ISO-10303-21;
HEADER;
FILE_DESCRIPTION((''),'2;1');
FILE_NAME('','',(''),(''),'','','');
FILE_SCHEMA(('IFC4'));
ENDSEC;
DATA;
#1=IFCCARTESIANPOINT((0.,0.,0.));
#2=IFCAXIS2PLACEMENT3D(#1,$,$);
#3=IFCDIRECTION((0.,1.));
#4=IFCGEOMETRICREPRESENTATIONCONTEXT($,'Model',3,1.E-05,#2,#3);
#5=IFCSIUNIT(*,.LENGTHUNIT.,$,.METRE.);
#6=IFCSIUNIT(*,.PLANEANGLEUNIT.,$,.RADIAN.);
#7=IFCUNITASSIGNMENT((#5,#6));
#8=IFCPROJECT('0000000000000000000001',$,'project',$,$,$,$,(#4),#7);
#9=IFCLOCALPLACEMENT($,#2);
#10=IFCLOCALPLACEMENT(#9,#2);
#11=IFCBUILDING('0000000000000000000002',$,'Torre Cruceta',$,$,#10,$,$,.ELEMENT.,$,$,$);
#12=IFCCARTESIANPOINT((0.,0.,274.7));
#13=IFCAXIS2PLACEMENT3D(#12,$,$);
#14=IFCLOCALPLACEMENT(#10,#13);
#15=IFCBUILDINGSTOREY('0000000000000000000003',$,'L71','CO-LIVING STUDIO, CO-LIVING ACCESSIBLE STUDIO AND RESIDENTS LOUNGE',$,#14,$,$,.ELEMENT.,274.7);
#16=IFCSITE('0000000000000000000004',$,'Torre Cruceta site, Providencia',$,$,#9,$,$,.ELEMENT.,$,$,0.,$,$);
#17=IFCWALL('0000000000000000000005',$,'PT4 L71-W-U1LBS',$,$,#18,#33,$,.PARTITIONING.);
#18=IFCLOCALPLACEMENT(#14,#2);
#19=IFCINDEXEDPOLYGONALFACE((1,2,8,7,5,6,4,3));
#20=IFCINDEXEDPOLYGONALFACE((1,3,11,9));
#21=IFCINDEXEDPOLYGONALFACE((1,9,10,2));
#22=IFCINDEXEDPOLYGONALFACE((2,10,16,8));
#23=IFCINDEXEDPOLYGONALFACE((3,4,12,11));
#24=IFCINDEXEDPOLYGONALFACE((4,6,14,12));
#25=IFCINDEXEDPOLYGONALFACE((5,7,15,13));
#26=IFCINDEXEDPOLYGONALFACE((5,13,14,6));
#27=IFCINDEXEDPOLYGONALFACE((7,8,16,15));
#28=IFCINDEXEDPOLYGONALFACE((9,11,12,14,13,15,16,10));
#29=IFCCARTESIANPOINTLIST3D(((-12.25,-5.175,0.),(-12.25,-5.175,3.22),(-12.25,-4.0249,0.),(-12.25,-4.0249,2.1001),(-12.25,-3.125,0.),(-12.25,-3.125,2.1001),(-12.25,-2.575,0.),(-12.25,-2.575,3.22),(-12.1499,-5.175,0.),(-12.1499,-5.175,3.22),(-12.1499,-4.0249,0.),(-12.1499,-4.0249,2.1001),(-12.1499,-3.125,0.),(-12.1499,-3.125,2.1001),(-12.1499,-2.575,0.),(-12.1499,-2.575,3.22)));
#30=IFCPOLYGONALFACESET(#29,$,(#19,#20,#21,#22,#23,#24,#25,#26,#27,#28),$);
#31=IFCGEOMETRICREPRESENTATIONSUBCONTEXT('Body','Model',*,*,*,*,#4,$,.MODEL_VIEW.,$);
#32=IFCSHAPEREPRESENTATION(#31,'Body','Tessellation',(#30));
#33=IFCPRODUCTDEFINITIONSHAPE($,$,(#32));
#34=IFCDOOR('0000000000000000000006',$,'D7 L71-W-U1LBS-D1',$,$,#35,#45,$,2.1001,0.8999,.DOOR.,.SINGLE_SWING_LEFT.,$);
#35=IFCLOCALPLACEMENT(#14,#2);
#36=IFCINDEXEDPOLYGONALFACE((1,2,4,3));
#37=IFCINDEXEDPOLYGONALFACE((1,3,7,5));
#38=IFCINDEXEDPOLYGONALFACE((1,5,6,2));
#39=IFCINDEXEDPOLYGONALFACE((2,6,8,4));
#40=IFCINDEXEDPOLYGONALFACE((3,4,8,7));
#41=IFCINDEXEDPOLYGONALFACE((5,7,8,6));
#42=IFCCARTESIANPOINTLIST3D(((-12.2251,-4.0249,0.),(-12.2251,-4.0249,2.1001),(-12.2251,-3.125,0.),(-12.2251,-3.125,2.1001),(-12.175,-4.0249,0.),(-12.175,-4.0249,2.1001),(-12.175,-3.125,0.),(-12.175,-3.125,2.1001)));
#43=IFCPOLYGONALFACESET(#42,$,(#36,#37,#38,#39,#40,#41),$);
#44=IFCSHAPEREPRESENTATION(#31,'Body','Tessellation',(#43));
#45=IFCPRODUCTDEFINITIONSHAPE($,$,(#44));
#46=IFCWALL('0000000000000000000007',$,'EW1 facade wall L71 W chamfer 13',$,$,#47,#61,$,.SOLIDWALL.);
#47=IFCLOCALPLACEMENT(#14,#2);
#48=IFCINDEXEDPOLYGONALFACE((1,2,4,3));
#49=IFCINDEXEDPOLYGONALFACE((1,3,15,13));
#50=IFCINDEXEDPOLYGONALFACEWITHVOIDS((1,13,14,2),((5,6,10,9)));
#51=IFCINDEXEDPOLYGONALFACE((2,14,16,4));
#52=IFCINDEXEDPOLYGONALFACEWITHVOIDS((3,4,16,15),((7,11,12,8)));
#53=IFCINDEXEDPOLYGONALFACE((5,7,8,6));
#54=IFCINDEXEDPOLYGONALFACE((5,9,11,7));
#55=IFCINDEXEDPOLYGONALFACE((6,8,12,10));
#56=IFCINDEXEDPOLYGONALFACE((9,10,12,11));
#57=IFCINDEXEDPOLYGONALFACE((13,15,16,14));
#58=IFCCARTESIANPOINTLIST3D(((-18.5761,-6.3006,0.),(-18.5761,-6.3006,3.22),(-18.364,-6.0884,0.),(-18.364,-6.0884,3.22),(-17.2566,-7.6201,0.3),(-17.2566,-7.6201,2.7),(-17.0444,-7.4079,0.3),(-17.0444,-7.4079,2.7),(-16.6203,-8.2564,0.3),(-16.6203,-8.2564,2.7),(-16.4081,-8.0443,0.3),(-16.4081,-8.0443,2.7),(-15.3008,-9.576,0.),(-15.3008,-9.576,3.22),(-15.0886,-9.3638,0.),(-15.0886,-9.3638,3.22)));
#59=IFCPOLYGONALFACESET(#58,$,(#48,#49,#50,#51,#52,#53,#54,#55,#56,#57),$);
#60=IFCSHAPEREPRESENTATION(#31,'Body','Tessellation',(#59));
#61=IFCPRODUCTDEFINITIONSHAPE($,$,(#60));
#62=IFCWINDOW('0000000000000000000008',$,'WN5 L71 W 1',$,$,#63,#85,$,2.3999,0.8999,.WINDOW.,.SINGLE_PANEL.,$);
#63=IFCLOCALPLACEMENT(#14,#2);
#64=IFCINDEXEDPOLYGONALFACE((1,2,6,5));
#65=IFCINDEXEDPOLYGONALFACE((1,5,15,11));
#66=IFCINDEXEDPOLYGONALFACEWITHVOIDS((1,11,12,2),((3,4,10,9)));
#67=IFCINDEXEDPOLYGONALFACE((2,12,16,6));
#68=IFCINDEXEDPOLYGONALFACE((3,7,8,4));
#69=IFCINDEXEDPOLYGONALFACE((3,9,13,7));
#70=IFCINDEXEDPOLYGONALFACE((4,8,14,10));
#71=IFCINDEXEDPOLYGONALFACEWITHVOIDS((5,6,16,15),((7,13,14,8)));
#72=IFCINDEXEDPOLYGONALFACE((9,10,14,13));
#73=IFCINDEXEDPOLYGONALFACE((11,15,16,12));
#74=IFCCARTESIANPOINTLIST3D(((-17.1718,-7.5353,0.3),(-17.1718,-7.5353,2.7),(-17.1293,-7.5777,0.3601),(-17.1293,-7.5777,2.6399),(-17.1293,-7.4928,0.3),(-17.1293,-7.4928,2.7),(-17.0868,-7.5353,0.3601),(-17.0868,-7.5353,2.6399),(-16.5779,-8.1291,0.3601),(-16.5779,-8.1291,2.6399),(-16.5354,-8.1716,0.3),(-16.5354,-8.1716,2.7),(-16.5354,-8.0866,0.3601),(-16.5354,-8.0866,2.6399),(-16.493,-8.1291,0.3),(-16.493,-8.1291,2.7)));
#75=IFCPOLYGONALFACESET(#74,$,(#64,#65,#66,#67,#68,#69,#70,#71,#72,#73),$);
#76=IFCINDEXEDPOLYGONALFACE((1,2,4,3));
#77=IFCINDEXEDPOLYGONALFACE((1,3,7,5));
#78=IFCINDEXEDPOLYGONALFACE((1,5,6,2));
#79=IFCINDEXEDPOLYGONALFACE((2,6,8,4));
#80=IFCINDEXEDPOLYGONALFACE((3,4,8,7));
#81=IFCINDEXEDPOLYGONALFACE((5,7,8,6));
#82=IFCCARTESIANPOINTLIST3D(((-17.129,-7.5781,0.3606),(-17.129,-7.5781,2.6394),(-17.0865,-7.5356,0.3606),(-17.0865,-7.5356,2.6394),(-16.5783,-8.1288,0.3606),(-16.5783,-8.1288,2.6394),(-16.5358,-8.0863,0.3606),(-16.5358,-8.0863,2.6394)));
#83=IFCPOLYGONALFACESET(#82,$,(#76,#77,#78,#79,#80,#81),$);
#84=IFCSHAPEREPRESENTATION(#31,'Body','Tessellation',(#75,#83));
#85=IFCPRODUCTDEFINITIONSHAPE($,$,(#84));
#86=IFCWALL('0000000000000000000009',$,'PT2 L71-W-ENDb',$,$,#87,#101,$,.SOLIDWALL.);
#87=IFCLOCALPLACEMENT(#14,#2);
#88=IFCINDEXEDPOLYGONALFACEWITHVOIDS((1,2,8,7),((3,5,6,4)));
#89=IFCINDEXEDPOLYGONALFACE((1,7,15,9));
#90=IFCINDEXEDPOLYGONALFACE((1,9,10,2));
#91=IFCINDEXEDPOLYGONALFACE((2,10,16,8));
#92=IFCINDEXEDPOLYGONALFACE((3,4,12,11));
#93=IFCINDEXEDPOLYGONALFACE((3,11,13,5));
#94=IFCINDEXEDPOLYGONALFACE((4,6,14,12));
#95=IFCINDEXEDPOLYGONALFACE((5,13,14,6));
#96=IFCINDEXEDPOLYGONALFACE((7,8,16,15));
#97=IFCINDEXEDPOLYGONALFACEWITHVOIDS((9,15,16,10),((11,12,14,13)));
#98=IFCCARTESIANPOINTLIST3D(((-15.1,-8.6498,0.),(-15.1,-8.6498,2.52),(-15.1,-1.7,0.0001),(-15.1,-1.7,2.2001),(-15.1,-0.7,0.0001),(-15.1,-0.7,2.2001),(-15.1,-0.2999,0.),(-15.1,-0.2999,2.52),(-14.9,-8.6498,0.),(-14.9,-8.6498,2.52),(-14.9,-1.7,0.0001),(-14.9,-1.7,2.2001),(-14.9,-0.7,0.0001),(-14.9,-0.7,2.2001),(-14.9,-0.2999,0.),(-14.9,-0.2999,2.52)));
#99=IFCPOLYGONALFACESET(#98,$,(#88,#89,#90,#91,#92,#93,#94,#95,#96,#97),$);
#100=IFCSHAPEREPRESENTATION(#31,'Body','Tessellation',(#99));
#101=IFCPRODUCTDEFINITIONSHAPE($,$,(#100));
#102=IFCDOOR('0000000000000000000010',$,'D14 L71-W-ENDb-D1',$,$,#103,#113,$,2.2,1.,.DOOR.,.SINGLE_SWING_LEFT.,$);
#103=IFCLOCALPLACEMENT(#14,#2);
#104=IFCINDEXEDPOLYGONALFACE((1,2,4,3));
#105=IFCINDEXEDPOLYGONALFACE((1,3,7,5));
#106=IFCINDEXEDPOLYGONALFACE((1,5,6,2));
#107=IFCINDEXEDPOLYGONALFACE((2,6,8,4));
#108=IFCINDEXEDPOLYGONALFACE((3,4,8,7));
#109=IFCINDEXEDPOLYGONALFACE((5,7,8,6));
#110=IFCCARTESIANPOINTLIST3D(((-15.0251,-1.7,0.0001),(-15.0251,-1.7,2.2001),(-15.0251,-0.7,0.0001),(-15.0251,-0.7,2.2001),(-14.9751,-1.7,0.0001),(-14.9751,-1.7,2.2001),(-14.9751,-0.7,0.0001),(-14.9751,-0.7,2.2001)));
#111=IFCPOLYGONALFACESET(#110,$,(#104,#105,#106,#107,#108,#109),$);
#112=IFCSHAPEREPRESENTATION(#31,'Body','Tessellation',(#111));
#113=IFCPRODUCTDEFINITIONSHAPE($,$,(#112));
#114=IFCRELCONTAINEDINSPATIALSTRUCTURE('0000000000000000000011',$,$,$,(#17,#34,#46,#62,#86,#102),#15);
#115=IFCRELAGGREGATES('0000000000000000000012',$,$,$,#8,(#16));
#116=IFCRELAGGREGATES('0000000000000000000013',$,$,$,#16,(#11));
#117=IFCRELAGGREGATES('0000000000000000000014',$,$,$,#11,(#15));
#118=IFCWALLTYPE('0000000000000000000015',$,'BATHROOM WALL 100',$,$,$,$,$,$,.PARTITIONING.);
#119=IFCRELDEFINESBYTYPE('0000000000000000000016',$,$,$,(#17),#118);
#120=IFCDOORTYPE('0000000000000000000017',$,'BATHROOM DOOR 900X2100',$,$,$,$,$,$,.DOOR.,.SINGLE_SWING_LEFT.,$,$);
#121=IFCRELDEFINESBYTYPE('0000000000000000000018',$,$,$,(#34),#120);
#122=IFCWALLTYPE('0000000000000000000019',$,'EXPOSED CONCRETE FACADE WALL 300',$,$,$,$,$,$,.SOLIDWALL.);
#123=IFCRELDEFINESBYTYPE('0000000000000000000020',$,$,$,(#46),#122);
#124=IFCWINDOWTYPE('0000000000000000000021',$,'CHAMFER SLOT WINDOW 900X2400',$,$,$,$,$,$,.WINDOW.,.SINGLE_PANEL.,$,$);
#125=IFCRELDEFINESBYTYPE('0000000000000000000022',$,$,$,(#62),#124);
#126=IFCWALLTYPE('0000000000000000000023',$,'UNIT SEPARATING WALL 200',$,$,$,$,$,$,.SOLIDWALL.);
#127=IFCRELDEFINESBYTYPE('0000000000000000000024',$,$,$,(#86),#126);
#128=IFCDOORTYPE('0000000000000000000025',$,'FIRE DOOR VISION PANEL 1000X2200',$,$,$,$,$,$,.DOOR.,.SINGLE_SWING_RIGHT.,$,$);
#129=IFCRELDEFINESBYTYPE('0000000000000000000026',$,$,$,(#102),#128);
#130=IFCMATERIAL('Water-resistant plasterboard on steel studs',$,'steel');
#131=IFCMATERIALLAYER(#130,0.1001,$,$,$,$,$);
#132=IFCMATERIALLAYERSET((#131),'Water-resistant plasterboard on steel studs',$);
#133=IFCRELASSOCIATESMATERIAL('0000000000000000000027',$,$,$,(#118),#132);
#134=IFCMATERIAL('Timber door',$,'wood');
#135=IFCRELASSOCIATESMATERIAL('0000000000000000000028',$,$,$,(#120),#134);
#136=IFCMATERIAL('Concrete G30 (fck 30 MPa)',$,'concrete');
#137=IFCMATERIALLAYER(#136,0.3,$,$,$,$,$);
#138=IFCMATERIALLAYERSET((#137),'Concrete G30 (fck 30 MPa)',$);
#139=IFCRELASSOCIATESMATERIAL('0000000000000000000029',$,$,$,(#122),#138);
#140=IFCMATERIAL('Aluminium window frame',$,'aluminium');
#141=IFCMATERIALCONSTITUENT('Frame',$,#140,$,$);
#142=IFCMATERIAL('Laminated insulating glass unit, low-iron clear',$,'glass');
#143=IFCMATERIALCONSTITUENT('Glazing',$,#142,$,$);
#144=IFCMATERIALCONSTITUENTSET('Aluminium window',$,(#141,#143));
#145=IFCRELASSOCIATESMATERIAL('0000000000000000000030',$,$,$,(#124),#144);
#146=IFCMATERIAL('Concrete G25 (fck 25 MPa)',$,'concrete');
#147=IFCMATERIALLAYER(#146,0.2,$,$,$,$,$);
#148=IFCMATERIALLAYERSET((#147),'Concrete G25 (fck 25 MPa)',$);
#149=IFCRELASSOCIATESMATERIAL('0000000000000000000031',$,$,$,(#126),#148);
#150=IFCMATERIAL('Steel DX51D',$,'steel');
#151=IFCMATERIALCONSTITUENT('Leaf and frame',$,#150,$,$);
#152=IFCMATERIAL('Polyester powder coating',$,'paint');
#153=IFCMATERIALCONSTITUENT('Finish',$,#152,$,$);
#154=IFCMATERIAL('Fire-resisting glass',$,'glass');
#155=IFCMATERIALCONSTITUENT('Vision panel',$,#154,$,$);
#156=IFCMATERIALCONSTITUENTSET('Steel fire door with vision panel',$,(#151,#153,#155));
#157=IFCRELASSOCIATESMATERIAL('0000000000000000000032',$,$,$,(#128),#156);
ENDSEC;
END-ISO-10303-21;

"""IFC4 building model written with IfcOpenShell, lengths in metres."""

from ifc_helpers import new_model, si_unit, direction, frame, frame_2d, origin, place, context, subcontext, project, spatial, rectangle, hollow_rectangle, extrude, material, layer, layer_set, constituent, constituent_set, type_object, element, fill, save


model = new_model("IFC4")

# Units and contexts
model_context = context("Model", 3, precision=1e-05, world=origin(), true_north=direction((0.0, 1.0)))
body_context = subcontext(model_context, "Body", "Model", "MODEL_VIEW")
ifc_project = project(units=[si_unit("LENGTHUNIT", "METRE"), si_unit("PLANEANGLEUNIT", "RADIAN")], contexts=[model_context])

# Site, building, storey
site_placement = place(None, origin())
site = spatial("IfcSite", under=ifc_project, at=site_placement, Name="Torre Cruceta site, Providencia", CompositionType="ELEMENT", RefElevation=0.0)
building_placement = place(site_placement, origin())
building = spatial("IfcBuilding", under=site, at=building_placement, Name="Torre Cruceta", CompositionType="ELEMENT")
storey_placement = place(building_placement, frame((0.0, 0.0, 274.7)))
storey = spatial("IfcBuildingStorey", under=building, at=storey_placement, Name="L71", Description="CO-LIVING STUDIO, CO-LIVING ACCESSIBLE STUDIO AND RESIDENTS LOUNGE", CompositionType="ELEMENT", Elevation=274.7)

# Shared definitions
ifc_material_1 = material(Name="Water-resistant plasterboard on steel studs", Category="steel")
ifc_layer_1 = layer(ifc_material_1, 0.1001)
ifc_layer_set_1 = layer_set([ifc_layer_1], Name="Water-resistant plasterboard on steel studs")
wall_type_1 = type_object("IfcWallType", Name="BATHROOM WALL 100", PredefinedType="PARTITIONING", material=ifc_layer_set_1)

# Wall, opening, door
wall_1_placement = place(storey_placement, frame((-12.2, -2.575, 0.0), z_axis=(0.0, 0.0, 1.0), x_axis=(0.0, -1.0, 0.0)))
wall_1 = element("IfcWall", 1, at=wall_1_placement, inside=storey, type_object=wall_type_1, Name="PT4 L71-W-U1LBS", PredefinedType="PARTITIONING", context=body_context, shape_type="SweptSolid", body=[
    extrude(rectangle(XDim=2.6001, YDim=0.1001, at=frame_2d((1.3, 0.0))), origin(), (0.0, 0.0, 1.0), 3.22),
])
opening_1_placement = place(wall_1_placement, frame((0.55, 0.0, 0.0)))
opening_1 = element("IfcOpeningElement", 2, at=opening_1_placement, cuts=wall_1, PredefinedType="OPENING", context=body_context, shape_type="SweptSolid", body=[
    extrude(rectangle(XDim=0.8999, YDim=2.1001, at=frame_2d((0.45, 1.05))), frame((0.0, 0.0601, 0.0), z_axis=(0.0, -1.0, 0.0), x_axis=(1.0, 0.0, 0.0)), (0.0, 0.0, 1.0), 0.1201),
])
ifc_material_2 = material(Name="Timber door", Category="wood")
door_type_1 = type_object("IfcDoorType", Name="BATHROOM DOOR 900X2100", OperationType="SINGLE_SWING_LEFT", PredefinedType="DOOR", material=ifc_material_2)
door_1_placement = place(opening_1_placement, origin())
door_1 = element("IfcDoor", 3, at=door_1_placement, inside=storey, type_object=door_type_1, Name="D7 L71-W-U1LBS-D1", OperationType="SINGLE_SWING_LEFT", OverallHeight=2.1001, OverallWidth=0.8999, PredefinedType="DOOR", context=body_context, shape_type="SweptSolid", body=[
    extrude(rectangle(XDim=0.8999, YDim=2.1001, at=frame_2d((0.45, 1.05))), frame((0.0, 0.0249, 0.0), z_axis=(0.0, -1.0, 0.0), x_axis=(1.0, 0.0, 0.0)), (0.0, 0.0, 1.0), 0.05),
])
fill(opening_1, door_1)

# Wall, opening, window
ifc_material_3 = material(Name="Concrete G30 (fck 30 MPa)", Category="concrete")
ifc_layer_2 = layer(ifc_material_3, 0.3)
ifc_layer_set_2 = layer_set([ifc_layer_2], Name="Concrete G30 (fck 30 MPa)")
wall_type_2 = type_object("IfcWallType", Name="EXPOSED CONCRETE FACADE WALL 300", PredefinedType="SOLIDWALL", material=ifc_layer_set_2)
wall_2_placement = place(storey_placement, frame((-18.47, -6.1946, 0.0), z_axis=(0.0, 0.0, 1.0), x_axis=(0.707107, -0.707107, 0.0)))
wall_2 = element("IfcWall", 4, at=wall_2_placement, inside=storey, type_object=wall_type_2, Name="EW1 facade wall L71 W chamfer 13", PredefinedType="SOLIDWALL", context=body_context, shape_type="SweptSolid", body=[
    extrude(rectangle(XDim=4.6321, YDim=0.3, at=frame_2d((2.3159, 0.0))), origin(), (0.0, 0.0, 1.0), 3.22),
])
opening_2_placement = place(wall_2_placement, frame((1.866, 0.0, 0.3)))
opening_2 = element("IfcOpeningElement", 5, at=opening_2_placement, cuts=wall_2, PredefinedType="OPENING", context=body_context, shape_type="SweptSolid", body=[
    extrude(rectangle(XDim=0.8999, YDim=2.3999, at=frame_2d((0.45, 1.2))), frame((0.0, 0.1599, 0.0), z_axis=(0.0, -1.0, 0.0), x_axis=(1.0, 0.0, 0.0)), (0.0, 0.0, 1.0), 0.3201),
])
ifc_material_4 = material(Name="Aluminium window frame", Category="aluminium")
ifc_constituent_1 = constituent(ifc_material_4, Name="Frame")
ifc_material_5 = material(Name="Laminated insulating glass unit, low-iron clear", Category="glass")
ifc_constituent_2 = constituent(ifc_material_5, Name="Glazing")
ifc_constituent_set_1 = constituent_set(constituents=[ifc_constituent_1, ifc_constituent_2], Name="Aluminium window")
window_type = type_object("IfcWindowType", Name="CHAMFER SLOT WINDOW 900X2400", PartitioningType="SINGLE_PANEL", PredefinedType="WINDOW", material=ifc_constituent_set_1)
window_placement = place(opening_2_placement, origin())
window = element("IfcWindow", 6, at=window_placement, inside=storey, type_object=window_type, Name="WN5 L71 W 1", OverallHeight=2.3999, OverallWidth=0.8999, PartitioningType="SINGLE_PANEL", PredefinedType="WINDOW", context=body_context, shape_type="SweptSolid", body=[
    extrude(hollow_rectangle(XDim=0.8999, YDim=2.3999, WallThickness=0.0601, at=frame_2d((0.45, 1.2))), frame((0.0, 0.03, 0.0), z_axis=(0.0, -1.0, 0.0), x_axis=(1.0, 0.0, 0.0)), (0.0, 0.0, 1.0), 0.0601),
    extrude(rectangle(XDim=0.7788, YDim=2.2788, at=frame_2d((0.45, 1.2))), frame((0.0, 0.03, 0.0), z_axis=(0.0, -1.0, 0.0), x_axis=(1.0, 0.0, 0.0)), (0.0, 0.0, 1.0), 0.0601),
])
fill(opening_2, window)

# Wall, opening, door
ifc_material_6 = material(Name="Concrete G25 (fck 25 MPa)", Category="concrete")
ifc_layer_3 = layer(ifc_material_6, 0.2)
ifc_layer_set_3 = layer_set([ifc_layer_3], Name="Concrete G25 (fck 25 MPa)")
wall_type_3 = type_object("IfcWallType", Name="UNIT SEPARATING WALL 200", PredefinedType="SOLIDWALL", material=ifc_layer_set_3)
wall_3_placement = place(storey_placement, frame((-15.0, -0.3, 0.0), z_axis=(0.0, 0.0, 1.0), x_axis=(0.0, -1.0, 0.0)))
wall_3 = element("IfcWall", 7, at=wall_3_placement, inside=storey, type_object=wall_type_3, Name="PT2 L71-W-ENDb", PredefinedType="SOLIDWALL", context=body_context, shape_type="SweptSolid", body=[
    extrude(rectangle(XDim=8.3499, YDim=0.2, at=frame_2d((4.1748, 0.0))), origin(), (0.0, 0.0, 1.0), 2.52),
])
opening_3_placement = place(wall_3_placement, frame((0.3999, 0.0, 0.0)))
opening_3 = element("IfcOpeningElement", 8, at=opening_3_placement, cuts=wall_3, PredefinedType="OPENING", context=body_context, shape_type="SweptSolid", body=[
    extrude(rectangle(XDim=1.0, YDim=2.2, at=frame_2d((0.5, 1.1001))), frame((0.0, 0.1099, 0.0), z_axis=(0.0, -1.0, 0.0), x_axis=(1.0, 0.0, 0.0)), (0.0, 0.0, 1.0), 0.22),
])
ifc_material_7 = material(Name="Steel DX51D", Category="steel")
ifc_constituent_3 = constituent(ifc_material_7, Name="Leaf and frame")
ifc_material_8 = material(Name="Polyester powder coating", Category="paint")
ifc_constituent_4 = constituent(ifc_material_8, Name="Finish")
ifc_material_9 = material(Name="Fire-resisting glass", Category="glass")
ifc_constituent_5 = constituent(ifc_material_9, Name="Vision panel")
ifc_constituent_set_2 = constituent_set(constituents=[ifc_constituent_3, ifc_constituent_4, ifc_constituent_5], Name="Steel fire door with vision panel")
door_type_2 = type_object("IfcDoorType", Name="FIRE DOOR VISION PANEL 1000X2200", OperationType="SINGLE_SWING_RIGHT", PredefinedType="DOOR", material=ifc_constituent_set_2)
door_2_placement = place(opening_3_placement, frame((1.0, 0.0, 0.0), z_axis=(0.0, 0.0, 1.0), x_axis=(-1.0, 0.0, 0.0)))
door_2 = element("IfcDoor", 9, at=door_2_placement, inside=storey, type_object=door_type_2, Name="D14 L71-W-ENDb-D1", OperationType="SINGLE_SWING_LEFT", OverallHeight=2.2, OverallWidth=1.0, PredefinedType="DOOR", context=body_context, shape_type="SweptSolid", body=[
    extrude(rectangle(XDim=1.0, YDim=2.2, at=frame_2d((0.5, 1.1001))), frame((0.0, 0.0251, 0.0), z_axis=(0.0, -1.0, 0.0), x_axis=(1.0, 0.0, 0.0)), (0.0, 0.0, 1.0), 0.05),
])
fill(opening_3, door_2)

save(model, "model.ifc")
